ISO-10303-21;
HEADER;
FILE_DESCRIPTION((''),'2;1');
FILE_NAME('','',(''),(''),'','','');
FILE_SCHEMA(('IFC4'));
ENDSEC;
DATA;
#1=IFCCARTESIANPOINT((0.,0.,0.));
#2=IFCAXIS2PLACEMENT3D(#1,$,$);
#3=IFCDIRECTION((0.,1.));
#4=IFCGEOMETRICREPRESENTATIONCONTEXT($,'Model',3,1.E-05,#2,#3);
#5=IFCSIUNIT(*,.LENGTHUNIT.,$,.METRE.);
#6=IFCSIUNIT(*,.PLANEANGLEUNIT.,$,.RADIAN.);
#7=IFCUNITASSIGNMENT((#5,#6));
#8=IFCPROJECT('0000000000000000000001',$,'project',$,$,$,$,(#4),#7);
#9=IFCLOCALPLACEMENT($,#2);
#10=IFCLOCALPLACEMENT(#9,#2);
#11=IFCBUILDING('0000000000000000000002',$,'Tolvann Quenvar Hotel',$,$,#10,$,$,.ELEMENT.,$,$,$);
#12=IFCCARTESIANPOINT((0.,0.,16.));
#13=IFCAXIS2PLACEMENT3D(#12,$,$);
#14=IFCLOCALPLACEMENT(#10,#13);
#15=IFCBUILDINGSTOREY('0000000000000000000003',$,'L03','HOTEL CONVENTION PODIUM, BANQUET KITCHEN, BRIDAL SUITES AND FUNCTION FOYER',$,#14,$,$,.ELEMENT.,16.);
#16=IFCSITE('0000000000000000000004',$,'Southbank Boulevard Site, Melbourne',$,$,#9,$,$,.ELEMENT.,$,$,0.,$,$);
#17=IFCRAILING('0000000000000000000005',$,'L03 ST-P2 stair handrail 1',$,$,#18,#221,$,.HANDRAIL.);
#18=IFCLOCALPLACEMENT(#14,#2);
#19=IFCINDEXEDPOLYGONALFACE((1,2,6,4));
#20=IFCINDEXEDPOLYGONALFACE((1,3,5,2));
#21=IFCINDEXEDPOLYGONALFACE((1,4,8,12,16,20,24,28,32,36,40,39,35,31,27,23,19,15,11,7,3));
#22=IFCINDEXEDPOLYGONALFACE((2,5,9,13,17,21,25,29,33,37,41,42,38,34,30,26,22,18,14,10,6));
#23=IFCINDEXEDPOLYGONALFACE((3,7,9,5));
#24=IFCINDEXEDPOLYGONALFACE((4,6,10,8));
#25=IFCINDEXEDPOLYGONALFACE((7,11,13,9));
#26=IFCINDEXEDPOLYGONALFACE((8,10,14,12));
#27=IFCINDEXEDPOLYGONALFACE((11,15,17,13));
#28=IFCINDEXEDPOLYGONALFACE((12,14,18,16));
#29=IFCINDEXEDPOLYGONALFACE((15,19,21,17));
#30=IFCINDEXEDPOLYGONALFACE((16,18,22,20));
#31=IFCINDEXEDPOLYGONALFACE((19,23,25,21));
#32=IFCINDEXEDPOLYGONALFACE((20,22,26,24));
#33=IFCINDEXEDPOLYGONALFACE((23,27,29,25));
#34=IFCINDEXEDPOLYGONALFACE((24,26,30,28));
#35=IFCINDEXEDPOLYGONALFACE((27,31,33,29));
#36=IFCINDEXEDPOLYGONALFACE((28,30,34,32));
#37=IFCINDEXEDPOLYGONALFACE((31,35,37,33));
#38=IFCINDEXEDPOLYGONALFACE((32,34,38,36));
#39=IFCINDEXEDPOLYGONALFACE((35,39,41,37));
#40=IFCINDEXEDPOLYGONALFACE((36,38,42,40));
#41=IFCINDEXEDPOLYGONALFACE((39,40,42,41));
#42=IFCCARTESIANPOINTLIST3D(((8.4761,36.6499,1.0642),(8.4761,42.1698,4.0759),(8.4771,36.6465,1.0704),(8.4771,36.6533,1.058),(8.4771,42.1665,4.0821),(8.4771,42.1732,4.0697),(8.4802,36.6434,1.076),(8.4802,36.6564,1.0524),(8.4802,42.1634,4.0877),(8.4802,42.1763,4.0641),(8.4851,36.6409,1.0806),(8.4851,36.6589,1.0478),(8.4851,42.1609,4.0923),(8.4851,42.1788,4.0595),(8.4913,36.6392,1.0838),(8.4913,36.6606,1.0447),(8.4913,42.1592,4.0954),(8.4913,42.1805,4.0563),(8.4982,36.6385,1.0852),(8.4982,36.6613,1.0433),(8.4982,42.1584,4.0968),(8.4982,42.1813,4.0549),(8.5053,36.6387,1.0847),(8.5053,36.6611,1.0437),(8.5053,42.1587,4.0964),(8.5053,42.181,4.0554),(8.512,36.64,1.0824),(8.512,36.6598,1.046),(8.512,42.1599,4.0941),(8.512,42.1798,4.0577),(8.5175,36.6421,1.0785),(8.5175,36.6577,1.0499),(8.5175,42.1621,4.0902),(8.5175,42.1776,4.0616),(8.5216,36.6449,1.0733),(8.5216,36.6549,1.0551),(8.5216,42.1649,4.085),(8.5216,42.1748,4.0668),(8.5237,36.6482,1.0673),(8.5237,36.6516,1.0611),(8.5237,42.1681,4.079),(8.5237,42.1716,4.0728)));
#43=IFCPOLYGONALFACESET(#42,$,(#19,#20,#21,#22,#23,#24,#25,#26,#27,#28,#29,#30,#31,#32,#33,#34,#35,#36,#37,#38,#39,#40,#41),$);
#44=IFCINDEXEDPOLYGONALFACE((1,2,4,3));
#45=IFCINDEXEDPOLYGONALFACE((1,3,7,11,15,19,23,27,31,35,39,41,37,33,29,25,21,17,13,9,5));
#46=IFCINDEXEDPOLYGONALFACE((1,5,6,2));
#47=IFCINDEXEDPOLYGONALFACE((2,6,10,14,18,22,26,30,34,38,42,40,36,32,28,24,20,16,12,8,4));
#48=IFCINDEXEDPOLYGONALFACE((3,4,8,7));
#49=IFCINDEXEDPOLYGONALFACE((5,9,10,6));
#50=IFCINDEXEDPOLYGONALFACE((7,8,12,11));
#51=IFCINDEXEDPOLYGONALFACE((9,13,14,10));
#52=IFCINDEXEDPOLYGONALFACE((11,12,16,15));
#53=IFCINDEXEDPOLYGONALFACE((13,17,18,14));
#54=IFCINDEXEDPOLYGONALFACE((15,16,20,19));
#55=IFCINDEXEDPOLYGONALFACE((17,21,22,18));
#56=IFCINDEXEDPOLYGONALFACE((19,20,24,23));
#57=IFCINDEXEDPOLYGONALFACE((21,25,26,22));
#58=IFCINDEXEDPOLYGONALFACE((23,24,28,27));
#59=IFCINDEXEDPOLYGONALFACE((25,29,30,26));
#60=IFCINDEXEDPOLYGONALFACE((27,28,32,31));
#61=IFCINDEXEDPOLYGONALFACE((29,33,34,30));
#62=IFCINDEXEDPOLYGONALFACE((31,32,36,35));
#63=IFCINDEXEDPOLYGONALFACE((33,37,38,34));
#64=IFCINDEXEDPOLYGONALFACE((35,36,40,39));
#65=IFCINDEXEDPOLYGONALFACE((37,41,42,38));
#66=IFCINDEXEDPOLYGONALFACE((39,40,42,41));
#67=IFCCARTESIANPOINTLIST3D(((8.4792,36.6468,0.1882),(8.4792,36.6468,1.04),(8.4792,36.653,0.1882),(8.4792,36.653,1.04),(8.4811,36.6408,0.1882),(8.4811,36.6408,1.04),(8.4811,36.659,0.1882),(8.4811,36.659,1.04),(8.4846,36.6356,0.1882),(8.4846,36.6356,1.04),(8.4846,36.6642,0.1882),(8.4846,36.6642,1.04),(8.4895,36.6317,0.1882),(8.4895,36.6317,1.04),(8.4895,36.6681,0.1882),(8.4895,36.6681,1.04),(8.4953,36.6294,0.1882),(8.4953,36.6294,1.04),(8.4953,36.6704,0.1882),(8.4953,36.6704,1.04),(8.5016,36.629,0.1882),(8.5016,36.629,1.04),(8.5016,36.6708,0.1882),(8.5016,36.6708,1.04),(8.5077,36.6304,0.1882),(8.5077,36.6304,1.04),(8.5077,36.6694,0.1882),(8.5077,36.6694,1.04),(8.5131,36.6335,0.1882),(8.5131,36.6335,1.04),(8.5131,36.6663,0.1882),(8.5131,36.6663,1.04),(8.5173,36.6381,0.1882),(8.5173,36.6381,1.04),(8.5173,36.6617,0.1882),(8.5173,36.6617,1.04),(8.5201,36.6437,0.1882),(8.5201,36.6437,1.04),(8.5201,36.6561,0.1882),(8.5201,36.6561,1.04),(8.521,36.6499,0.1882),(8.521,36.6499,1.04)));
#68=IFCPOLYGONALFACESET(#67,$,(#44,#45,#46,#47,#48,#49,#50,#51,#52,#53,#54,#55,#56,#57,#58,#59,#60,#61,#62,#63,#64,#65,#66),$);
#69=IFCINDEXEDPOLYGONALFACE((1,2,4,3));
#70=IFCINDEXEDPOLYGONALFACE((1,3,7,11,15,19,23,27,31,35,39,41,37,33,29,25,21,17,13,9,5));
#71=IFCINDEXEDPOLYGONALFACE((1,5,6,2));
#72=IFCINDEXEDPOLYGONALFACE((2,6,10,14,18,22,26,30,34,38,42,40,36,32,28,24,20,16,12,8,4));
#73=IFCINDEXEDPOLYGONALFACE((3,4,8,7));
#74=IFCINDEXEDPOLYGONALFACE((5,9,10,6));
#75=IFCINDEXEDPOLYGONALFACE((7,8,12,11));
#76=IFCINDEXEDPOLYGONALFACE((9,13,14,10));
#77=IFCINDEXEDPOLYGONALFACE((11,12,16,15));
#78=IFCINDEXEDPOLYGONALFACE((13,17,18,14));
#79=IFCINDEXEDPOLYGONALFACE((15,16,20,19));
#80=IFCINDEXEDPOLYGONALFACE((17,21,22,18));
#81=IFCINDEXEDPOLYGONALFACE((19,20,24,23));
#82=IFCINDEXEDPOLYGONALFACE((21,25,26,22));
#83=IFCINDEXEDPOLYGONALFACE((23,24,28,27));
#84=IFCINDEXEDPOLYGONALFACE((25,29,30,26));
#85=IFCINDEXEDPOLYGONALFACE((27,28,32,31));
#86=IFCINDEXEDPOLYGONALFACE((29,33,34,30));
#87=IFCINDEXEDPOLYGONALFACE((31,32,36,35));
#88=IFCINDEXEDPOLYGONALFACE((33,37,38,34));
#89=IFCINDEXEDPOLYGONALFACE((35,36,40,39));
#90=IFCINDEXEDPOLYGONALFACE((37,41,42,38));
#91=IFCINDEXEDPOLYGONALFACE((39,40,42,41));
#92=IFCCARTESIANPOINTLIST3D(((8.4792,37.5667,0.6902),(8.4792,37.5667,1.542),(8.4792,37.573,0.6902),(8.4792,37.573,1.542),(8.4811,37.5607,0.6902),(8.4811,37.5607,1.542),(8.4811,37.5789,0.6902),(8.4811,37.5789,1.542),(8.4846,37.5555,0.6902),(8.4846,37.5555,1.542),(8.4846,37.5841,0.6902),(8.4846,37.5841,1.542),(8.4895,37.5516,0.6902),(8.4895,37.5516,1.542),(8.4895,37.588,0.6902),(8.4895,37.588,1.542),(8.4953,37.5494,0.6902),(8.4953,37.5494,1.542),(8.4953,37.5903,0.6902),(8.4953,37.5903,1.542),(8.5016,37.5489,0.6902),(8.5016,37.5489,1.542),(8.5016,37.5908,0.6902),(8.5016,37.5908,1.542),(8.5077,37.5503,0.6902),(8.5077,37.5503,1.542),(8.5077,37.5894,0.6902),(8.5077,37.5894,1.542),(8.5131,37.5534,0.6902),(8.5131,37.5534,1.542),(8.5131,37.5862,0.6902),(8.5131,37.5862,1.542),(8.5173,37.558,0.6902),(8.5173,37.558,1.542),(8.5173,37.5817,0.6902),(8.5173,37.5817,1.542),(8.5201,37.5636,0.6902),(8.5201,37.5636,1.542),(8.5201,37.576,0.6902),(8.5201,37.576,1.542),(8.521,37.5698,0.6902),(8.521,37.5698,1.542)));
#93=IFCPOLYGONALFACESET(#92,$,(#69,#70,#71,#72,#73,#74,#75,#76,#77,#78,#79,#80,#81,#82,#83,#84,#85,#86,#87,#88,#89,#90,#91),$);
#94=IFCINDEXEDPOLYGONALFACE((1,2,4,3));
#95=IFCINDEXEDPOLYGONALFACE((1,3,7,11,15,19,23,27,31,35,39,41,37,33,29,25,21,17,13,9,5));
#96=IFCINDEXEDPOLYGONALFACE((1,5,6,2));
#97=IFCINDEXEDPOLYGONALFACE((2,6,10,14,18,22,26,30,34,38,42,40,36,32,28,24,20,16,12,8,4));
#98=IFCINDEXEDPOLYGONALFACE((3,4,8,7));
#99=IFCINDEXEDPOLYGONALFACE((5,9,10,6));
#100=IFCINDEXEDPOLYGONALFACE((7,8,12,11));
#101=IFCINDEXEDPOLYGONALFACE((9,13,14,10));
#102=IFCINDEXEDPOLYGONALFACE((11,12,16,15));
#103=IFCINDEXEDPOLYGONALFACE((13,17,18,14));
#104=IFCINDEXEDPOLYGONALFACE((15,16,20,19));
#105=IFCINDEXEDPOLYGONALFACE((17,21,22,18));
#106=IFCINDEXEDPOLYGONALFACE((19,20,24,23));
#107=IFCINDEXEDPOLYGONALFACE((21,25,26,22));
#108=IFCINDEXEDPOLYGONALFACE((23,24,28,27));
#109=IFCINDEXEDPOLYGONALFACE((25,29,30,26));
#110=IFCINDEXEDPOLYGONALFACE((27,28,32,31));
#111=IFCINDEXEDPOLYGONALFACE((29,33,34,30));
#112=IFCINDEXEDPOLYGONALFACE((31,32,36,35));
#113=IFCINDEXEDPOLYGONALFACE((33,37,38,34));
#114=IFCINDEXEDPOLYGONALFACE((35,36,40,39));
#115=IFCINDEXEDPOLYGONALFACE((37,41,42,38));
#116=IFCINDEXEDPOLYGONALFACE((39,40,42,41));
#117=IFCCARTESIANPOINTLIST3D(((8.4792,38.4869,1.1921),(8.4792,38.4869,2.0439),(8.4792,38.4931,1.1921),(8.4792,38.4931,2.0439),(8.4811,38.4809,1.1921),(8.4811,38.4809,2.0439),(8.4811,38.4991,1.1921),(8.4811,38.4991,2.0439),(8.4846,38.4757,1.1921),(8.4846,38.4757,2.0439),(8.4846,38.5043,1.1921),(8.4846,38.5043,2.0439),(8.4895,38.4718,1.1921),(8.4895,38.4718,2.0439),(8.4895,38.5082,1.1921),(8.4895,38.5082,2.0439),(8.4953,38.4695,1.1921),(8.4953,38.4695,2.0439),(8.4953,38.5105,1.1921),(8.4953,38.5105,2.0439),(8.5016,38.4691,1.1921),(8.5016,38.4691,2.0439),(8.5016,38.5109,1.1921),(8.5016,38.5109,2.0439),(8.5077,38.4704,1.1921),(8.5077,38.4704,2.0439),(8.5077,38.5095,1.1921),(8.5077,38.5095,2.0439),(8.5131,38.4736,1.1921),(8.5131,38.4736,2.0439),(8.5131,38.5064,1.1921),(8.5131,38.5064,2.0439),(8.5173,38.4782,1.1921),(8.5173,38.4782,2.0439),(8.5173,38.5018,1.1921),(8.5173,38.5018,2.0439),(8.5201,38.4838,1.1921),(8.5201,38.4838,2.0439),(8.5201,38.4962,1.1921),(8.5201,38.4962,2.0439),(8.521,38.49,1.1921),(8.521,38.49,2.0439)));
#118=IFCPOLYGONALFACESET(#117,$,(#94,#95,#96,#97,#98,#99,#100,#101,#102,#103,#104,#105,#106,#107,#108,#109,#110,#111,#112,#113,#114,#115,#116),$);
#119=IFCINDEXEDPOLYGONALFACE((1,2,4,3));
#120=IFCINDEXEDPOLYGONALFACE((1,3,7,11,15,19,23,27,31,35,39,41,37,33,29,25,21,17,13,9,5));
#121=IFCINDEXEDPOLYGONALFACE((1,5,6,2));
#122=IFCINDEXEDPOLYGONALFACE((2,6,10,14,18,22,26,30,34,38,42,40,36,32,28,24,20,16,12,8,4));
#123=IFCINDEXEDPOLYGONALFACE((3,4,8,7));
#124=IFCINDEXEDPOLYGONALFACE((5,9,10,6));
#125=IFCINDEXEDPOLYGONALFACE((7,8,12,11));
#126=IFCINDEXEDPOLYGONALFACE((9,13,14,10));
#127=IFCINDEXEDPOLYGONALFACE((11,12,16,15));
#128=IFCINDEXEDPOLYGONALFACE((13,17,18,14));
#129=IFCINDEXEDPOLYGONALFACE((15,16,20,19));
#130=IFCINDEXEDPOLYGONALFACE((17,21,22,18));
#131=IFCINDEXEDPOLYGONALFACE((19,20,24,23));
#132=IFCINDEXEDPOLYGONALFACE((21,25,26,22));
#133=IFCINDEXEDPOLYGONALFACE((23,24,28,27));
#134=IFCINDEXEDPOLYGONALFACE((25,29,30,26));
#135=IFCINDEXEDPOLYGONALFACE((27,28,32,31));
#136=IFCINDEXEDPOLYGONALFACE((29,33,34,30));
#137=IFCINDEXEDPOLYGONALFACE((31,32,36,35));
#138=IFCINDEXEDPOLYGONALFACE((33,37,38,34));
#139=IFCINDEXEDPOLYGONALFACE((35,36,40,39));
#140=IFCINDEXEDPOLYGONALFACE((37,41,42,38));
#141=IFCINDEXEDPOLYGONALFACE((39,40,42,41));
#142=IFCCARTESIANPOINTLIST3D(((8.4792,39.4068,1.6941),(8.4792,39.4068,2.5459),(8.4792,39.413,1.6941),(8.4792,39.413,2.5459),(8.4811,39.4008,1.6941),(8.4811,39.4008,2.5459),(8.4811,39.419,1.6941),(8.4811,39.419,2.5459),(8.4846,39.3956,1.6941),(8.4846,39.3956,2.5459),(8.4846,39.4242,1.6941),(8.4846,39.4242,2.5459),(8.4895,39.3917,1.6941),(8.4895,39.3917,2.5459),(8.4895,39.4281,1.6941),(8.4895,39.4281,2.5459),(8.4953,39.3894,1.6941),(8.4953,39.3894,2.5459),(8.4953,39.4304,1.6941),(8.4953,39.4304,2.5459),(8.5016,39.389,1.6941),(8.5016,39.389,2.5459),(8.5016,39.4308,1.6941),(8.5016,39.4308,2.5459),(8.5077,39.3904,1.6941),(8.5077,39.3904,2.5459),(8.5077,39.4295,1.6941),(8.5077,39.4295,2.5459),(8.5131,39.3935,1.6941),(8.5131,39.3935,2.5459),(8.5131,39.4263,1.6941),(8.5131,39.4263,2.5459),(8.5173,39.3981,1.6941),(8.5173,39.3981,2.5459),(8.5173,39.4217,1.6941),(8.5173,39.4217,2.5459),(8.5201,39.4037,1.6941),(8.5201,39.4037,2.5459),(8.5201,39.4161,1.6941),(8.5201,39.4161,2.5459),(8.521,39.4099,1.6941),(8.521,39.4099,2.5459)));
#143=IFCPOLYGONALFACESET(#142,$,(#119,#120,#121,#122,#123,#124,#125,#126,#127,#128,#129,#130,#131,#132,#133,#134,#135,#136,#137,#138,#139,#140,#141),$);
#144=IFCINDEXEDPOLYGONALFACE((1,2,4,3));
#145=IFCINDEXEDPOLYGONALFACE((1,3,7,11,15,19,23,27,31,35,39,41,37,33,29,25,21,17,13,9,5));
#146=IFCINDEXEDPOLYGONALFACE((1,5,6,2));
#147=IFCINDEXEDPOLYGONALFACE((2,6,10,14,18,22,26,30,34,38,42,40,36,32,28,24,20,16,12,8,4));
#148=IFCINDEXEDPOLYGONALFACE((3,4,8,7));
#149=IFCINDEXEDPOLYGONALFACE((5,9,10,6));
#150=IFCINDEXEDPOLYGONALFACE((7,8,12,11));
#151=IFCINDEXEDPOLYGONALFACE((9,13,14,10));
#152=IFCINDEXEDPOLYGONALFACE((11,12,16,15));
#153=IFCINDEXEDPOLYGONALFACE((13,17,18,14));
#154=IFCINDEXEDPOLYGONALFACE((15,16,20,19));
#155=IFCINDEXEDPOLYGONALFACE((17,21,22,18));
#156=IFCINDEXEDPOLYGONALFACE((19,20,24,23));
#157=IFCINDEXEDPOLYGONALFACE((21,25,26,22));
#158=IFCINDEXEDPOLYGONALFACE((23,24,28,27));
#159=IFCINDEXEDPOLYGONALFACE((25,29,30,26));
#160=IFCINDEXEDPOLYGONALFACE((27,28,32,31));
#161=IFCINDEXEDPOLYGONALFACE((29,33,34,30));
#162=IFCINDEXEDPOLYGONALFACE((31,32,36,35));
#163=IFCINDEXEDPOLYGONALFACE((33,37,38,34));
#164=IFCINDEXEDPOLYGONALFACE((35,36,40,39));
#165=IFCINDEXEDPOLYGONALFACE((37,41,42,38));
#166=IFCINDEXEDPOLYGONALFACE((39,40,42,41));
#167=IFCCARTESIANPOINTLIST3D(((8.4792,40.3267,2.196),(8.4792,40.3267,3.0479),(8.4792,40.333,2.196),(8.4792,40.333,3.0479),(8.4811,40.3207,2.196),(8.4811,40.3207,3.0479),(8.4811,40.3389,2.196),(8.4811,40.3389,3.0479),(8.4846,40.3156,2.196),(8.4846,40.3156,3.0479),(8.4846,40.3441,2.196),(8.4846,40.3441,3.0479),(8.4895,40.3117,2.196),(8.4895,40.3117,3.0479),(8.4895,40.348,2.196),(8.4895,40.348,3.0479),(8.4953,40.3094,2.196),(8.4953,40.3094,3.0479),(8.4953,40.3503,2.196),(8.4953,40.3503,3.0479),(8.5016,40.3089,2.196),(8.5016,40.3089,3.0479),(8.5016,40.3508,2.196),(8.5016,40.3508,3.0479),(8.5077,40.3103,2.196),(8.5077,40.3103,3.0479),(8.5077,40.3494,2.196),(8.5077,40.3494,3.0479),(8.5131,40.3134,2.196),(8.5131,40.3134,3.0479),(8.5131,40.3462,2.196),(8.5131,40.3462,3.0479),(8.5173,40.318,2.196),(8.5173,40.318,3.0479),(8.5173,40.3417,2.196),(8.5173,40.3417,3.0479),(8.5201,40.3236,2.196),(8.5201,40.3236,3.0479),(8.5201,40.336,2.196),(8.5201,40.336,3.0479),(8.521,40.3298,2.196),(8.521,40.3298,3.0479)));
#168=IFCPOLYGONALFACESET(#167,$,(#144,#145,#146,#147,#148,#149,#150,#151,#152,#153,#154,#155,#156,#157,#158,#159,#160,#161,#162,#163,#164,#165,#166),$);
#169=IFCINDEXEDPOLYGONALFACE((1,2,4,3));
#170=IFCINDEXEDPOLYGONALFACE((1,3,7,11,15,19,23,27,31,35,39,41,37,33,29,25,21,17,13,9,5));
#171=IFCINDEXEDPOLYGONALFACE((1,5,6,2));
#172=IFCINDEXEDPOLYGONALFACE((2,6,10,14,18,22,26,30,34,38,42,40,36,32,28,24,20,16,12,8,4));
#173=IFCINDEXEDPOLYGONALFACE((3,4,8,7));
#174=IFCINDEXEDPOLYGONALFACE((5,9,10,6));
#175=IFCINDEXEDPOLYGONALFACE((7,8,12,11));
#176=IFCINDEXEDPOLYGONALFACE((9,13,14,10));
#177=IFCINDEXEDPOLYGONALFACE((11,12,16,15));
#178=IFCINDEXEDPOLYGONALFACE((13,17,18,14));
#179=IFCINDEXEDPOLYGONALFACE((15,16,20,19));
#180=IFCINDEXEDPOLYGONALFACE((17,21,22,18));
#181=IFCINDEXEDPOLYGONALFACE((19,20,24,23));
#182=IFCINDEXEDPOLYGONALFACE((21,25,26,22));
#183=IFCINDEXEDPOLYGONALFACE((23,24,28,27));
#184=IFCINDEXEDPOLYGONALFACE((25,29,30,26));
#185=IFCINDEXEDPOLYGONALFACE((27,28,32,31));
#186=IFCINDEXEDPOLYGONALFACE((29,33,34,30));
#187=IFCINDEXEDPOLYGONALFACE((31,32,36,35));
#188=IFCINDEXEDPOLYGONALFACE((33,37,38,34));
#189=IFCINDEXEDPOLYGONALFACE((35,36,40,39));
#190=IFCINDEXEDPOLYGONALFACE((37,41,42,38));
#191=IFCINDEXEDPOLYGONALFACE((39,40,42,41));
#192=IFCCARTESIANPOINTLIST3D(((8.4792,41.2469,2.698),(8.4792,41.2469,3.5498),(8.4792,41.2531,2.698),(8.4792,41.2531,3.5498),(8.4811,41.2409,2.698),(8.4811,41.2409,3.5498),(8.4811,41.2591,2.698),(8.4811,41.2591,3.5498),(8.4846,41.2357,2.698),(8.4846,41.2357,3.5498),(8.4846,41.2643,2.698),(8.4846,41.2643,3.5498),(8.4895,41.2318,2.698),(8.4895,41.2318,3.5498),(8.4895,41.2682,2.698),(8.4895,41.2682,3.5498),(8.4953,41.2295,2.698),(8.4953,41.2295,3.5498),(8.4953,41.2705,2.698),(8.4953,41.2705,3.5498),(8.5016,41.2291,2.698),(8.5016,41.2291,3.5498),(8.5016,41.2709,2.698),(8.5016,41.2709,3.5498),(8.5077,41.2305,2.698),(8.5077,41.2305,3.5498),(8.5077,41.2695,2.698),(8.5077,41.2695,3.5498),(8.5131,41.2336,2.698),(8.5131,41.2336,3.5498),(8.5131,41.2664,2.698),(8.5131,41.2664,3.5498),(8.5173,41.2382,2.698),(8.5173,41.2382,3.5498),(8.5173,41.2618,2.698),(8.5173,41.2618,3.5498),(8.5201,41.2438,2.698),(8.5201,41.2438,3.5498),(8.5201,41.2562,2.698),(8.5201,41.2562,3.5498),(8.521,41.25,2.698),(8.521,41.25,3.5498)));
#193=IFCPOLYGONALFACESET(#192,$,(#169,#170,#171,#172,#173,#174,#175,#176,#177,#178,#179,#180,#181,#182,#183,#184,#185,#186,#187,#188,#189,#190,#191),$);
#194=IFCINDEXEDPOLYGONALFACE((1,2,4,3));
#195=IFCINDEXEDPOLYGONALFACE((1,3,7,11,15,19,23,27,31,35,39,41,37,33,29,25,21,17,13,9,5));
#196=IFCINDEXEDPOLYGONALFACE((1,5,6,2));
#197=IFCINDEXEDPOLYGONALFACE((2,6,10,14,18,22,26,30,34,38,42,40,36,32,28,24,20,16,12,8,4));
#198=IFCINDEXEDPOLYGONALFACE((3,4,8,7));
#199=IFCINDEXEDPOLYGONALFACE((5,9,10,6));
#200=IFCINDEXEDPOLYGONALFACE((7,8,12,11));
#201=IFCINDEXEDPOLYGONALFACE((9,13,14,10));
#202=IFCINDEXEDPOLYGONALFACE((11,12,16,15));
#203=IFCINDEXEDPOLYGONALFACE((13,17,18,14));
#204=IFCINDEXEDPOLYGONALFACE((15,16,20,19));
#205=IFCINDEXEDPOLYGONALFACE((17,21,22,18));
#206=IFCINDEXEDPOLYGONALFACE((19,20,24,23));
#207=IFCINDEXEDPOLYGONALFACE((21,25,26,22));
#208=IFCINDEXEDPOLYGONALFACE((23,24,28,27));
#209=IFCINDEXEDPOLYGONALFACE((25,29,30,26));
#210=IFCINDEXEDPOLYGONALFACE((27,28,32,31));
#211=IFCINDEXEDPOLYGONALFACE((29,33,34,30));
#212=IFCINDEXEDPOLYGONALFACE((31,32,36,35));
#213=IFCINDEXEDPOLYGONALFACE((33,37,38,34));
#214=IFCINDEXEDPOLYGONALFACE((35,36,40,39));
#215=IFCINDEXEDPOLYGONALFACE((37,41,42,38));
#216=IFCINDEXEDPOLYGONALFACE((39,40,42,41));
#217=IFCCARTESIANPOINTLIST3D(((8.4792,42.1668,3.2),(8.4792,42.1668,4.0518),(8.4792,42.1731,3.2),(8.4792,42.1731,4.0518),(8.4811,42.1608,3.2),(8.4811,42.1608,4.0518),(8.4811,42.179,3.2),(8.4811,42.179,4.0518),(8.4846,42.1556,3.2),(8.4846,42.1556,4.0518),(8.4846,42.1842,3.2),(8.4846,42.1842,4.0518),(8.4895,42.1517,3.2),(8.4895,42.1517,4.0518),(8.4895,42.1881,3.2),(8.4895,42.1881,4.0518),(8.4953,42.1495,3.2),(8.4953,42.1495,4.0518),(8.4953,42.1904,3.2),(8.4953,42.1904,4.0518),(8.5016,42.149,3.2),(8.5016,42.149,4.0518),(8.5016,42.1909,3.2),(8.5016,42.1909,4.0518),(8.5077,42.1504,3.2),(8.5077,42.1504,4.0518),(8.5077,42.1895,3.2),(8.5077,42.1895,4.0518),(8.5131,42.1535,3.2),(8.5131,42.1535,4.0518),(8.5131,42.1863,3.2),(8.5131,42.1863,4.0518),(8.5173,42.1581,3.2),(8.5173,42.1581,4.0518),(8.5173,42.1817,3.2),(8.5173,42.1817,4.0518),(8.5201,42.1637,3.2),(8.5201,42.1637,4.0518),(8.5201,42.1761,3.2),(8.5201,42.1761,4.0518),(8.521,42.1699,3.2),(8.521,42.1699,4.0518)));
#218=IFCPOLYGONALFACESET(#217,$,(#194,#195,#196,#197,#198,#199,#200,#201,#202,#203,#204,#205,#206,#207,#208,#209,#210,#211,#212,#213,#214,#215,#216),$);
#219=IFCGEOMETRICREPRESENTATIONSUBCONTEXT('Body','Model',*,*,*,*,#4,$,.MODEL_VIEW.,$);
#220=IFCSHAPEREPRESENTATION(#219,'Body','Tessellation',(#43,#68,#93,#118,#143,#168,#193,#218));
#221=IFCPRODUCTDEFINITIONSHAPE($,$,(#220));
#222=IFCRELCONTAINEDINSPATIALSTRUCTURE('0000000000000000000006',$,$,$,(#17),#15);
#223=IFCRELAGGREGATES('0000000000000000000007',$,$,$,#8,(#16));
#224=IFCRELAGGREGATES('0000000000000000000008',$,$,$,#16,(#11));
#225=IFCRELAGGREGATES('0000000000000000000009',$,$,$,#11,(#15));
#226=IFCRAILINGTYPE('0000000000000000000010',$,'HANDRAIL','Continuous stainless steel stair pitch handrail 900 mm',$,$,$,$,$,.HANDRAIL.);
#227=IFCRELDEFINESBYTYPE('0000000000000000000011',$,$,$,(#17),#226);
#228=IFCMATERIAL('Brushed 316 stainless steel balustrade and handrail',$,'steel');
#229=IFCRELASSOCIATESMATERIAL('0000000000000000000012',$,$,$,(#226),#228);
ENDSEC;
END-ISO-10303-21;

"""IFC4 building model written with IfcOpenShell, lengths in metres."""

from ifc_helpers import new_model, si_unit, direction, frame, origin, origin_2d, place, context, subcontext, project, spatial, circle, extrude, material, type_object, element, save


model = new_model("IFC4")

# Units and contexts
model_context = context("Model", 3, precision=1e-05, world=origin(), true_north=direction((0.0, 1.0)))
body_context = subcontext(model_context, "Body", "Model", "MODEL_VIEW")
ifc_project = project(units=[si_unit("LENGTHUNIT", "METRE"), si_unit("PLANEANGLEUNIT", "RADIAN")], contexts=[model_context])

# Site, building, storey
site_placement = place(None, origin())
site = spatial("IfcSite", under=ifc_project, at=site_placement, Name="Southbank Boulevard Site, Melbourne", CompositionType="ELEMENT", RefElevation=0.0)
building_placement = place(site_placement, origin())
building = spatial("IfcBuilding", under=site, at=building_placement, Name="Tolvann Quenvar Hotel", CompositionType="ELEMENT")
storey_placement = place(building_placement, frame((0.0, 0.0, 16.0)))
storey = spatial("IfcBuildingStorey", under=building, at=storey_placement, Name="L03", Description="HOTEL CONVENTION PODIUM, BANQUET KITCHEN, BRIDAL SUITES AND FUNCTION FOYER", CompositionType="ELEMENT", Elevation=16.0)

# Railing
ifc_material_1 = material(Name="Brushed 316 stainless steel balustrade and handrail", Category="steel")
railing_type_1 = type_object("IfcRailingType", Name="HANDRAIL", Description="Continuous stainless steel stair pitch handrail 900 mm", PredefinedType="HANDRAIL", material=ifc_material_1)
railing_1_placement = place(storey_placement, frame((8.5, 36.6499, 0.1882)))
element("IfcRailing", 1, at=railing_1_placement, inside=storey, type_object=railing_type_1, Name="L03 ST-P2 stair handrail 1", PredefinedType="HANDRAIL", context=body_context, shape_type="SweptSolid", body=[
    extrude(circle(Radius=0.0239, at=origin_2d()), frame((0.0, 0.0, 0.876), z_axis=(0.0, 0.877842, 0.47895), x_axis=(-1.0, 0.0, 0.0)), (0.0, 0.0, 1.0), 6.2881),
    extrude(circle(Radius=0.021, at=origin_2d()), origin(), (0.0, 0.0, 1.0), 0.8518),
    extrude(circle(Radius=0.021, at=origin_2d()), frame((0.0, 0.9199, 0.502)), (0.0, 0.0, 1.0), 0.8518),
    extrude(circle(Radius=0.021, at=origin_2d()), frame((0.0, 1.8401, 1.0039)), (0.0, 0.0, 1.0), 0.8518),
    extrude(circle(Radius=0.021, at=origin_2d()), frame((0.0, 2.76, 1.5059)), (0.0, 0.0, 1.0), 0.8518),
    extrude(circle(Radius=0.021, at=origin_2d()), frame((0.0, 3.6799, 2.0078)), (0.0, 0.0, 1.0), 0.8518),
    extrude(circle(Radius=0.021, at=origin_2d()), frame((0.0, 4.6001, 2.5098)), (0.0, 0.0, 1.0), 0.8518),
    extrude(circle(Radius=0.021, at=origin_2d()), frame((0.0, 5.52, 3.0117)), (0.0, 0.0, 1.0), 0.8518),
])

save(model, "model.ifc")
